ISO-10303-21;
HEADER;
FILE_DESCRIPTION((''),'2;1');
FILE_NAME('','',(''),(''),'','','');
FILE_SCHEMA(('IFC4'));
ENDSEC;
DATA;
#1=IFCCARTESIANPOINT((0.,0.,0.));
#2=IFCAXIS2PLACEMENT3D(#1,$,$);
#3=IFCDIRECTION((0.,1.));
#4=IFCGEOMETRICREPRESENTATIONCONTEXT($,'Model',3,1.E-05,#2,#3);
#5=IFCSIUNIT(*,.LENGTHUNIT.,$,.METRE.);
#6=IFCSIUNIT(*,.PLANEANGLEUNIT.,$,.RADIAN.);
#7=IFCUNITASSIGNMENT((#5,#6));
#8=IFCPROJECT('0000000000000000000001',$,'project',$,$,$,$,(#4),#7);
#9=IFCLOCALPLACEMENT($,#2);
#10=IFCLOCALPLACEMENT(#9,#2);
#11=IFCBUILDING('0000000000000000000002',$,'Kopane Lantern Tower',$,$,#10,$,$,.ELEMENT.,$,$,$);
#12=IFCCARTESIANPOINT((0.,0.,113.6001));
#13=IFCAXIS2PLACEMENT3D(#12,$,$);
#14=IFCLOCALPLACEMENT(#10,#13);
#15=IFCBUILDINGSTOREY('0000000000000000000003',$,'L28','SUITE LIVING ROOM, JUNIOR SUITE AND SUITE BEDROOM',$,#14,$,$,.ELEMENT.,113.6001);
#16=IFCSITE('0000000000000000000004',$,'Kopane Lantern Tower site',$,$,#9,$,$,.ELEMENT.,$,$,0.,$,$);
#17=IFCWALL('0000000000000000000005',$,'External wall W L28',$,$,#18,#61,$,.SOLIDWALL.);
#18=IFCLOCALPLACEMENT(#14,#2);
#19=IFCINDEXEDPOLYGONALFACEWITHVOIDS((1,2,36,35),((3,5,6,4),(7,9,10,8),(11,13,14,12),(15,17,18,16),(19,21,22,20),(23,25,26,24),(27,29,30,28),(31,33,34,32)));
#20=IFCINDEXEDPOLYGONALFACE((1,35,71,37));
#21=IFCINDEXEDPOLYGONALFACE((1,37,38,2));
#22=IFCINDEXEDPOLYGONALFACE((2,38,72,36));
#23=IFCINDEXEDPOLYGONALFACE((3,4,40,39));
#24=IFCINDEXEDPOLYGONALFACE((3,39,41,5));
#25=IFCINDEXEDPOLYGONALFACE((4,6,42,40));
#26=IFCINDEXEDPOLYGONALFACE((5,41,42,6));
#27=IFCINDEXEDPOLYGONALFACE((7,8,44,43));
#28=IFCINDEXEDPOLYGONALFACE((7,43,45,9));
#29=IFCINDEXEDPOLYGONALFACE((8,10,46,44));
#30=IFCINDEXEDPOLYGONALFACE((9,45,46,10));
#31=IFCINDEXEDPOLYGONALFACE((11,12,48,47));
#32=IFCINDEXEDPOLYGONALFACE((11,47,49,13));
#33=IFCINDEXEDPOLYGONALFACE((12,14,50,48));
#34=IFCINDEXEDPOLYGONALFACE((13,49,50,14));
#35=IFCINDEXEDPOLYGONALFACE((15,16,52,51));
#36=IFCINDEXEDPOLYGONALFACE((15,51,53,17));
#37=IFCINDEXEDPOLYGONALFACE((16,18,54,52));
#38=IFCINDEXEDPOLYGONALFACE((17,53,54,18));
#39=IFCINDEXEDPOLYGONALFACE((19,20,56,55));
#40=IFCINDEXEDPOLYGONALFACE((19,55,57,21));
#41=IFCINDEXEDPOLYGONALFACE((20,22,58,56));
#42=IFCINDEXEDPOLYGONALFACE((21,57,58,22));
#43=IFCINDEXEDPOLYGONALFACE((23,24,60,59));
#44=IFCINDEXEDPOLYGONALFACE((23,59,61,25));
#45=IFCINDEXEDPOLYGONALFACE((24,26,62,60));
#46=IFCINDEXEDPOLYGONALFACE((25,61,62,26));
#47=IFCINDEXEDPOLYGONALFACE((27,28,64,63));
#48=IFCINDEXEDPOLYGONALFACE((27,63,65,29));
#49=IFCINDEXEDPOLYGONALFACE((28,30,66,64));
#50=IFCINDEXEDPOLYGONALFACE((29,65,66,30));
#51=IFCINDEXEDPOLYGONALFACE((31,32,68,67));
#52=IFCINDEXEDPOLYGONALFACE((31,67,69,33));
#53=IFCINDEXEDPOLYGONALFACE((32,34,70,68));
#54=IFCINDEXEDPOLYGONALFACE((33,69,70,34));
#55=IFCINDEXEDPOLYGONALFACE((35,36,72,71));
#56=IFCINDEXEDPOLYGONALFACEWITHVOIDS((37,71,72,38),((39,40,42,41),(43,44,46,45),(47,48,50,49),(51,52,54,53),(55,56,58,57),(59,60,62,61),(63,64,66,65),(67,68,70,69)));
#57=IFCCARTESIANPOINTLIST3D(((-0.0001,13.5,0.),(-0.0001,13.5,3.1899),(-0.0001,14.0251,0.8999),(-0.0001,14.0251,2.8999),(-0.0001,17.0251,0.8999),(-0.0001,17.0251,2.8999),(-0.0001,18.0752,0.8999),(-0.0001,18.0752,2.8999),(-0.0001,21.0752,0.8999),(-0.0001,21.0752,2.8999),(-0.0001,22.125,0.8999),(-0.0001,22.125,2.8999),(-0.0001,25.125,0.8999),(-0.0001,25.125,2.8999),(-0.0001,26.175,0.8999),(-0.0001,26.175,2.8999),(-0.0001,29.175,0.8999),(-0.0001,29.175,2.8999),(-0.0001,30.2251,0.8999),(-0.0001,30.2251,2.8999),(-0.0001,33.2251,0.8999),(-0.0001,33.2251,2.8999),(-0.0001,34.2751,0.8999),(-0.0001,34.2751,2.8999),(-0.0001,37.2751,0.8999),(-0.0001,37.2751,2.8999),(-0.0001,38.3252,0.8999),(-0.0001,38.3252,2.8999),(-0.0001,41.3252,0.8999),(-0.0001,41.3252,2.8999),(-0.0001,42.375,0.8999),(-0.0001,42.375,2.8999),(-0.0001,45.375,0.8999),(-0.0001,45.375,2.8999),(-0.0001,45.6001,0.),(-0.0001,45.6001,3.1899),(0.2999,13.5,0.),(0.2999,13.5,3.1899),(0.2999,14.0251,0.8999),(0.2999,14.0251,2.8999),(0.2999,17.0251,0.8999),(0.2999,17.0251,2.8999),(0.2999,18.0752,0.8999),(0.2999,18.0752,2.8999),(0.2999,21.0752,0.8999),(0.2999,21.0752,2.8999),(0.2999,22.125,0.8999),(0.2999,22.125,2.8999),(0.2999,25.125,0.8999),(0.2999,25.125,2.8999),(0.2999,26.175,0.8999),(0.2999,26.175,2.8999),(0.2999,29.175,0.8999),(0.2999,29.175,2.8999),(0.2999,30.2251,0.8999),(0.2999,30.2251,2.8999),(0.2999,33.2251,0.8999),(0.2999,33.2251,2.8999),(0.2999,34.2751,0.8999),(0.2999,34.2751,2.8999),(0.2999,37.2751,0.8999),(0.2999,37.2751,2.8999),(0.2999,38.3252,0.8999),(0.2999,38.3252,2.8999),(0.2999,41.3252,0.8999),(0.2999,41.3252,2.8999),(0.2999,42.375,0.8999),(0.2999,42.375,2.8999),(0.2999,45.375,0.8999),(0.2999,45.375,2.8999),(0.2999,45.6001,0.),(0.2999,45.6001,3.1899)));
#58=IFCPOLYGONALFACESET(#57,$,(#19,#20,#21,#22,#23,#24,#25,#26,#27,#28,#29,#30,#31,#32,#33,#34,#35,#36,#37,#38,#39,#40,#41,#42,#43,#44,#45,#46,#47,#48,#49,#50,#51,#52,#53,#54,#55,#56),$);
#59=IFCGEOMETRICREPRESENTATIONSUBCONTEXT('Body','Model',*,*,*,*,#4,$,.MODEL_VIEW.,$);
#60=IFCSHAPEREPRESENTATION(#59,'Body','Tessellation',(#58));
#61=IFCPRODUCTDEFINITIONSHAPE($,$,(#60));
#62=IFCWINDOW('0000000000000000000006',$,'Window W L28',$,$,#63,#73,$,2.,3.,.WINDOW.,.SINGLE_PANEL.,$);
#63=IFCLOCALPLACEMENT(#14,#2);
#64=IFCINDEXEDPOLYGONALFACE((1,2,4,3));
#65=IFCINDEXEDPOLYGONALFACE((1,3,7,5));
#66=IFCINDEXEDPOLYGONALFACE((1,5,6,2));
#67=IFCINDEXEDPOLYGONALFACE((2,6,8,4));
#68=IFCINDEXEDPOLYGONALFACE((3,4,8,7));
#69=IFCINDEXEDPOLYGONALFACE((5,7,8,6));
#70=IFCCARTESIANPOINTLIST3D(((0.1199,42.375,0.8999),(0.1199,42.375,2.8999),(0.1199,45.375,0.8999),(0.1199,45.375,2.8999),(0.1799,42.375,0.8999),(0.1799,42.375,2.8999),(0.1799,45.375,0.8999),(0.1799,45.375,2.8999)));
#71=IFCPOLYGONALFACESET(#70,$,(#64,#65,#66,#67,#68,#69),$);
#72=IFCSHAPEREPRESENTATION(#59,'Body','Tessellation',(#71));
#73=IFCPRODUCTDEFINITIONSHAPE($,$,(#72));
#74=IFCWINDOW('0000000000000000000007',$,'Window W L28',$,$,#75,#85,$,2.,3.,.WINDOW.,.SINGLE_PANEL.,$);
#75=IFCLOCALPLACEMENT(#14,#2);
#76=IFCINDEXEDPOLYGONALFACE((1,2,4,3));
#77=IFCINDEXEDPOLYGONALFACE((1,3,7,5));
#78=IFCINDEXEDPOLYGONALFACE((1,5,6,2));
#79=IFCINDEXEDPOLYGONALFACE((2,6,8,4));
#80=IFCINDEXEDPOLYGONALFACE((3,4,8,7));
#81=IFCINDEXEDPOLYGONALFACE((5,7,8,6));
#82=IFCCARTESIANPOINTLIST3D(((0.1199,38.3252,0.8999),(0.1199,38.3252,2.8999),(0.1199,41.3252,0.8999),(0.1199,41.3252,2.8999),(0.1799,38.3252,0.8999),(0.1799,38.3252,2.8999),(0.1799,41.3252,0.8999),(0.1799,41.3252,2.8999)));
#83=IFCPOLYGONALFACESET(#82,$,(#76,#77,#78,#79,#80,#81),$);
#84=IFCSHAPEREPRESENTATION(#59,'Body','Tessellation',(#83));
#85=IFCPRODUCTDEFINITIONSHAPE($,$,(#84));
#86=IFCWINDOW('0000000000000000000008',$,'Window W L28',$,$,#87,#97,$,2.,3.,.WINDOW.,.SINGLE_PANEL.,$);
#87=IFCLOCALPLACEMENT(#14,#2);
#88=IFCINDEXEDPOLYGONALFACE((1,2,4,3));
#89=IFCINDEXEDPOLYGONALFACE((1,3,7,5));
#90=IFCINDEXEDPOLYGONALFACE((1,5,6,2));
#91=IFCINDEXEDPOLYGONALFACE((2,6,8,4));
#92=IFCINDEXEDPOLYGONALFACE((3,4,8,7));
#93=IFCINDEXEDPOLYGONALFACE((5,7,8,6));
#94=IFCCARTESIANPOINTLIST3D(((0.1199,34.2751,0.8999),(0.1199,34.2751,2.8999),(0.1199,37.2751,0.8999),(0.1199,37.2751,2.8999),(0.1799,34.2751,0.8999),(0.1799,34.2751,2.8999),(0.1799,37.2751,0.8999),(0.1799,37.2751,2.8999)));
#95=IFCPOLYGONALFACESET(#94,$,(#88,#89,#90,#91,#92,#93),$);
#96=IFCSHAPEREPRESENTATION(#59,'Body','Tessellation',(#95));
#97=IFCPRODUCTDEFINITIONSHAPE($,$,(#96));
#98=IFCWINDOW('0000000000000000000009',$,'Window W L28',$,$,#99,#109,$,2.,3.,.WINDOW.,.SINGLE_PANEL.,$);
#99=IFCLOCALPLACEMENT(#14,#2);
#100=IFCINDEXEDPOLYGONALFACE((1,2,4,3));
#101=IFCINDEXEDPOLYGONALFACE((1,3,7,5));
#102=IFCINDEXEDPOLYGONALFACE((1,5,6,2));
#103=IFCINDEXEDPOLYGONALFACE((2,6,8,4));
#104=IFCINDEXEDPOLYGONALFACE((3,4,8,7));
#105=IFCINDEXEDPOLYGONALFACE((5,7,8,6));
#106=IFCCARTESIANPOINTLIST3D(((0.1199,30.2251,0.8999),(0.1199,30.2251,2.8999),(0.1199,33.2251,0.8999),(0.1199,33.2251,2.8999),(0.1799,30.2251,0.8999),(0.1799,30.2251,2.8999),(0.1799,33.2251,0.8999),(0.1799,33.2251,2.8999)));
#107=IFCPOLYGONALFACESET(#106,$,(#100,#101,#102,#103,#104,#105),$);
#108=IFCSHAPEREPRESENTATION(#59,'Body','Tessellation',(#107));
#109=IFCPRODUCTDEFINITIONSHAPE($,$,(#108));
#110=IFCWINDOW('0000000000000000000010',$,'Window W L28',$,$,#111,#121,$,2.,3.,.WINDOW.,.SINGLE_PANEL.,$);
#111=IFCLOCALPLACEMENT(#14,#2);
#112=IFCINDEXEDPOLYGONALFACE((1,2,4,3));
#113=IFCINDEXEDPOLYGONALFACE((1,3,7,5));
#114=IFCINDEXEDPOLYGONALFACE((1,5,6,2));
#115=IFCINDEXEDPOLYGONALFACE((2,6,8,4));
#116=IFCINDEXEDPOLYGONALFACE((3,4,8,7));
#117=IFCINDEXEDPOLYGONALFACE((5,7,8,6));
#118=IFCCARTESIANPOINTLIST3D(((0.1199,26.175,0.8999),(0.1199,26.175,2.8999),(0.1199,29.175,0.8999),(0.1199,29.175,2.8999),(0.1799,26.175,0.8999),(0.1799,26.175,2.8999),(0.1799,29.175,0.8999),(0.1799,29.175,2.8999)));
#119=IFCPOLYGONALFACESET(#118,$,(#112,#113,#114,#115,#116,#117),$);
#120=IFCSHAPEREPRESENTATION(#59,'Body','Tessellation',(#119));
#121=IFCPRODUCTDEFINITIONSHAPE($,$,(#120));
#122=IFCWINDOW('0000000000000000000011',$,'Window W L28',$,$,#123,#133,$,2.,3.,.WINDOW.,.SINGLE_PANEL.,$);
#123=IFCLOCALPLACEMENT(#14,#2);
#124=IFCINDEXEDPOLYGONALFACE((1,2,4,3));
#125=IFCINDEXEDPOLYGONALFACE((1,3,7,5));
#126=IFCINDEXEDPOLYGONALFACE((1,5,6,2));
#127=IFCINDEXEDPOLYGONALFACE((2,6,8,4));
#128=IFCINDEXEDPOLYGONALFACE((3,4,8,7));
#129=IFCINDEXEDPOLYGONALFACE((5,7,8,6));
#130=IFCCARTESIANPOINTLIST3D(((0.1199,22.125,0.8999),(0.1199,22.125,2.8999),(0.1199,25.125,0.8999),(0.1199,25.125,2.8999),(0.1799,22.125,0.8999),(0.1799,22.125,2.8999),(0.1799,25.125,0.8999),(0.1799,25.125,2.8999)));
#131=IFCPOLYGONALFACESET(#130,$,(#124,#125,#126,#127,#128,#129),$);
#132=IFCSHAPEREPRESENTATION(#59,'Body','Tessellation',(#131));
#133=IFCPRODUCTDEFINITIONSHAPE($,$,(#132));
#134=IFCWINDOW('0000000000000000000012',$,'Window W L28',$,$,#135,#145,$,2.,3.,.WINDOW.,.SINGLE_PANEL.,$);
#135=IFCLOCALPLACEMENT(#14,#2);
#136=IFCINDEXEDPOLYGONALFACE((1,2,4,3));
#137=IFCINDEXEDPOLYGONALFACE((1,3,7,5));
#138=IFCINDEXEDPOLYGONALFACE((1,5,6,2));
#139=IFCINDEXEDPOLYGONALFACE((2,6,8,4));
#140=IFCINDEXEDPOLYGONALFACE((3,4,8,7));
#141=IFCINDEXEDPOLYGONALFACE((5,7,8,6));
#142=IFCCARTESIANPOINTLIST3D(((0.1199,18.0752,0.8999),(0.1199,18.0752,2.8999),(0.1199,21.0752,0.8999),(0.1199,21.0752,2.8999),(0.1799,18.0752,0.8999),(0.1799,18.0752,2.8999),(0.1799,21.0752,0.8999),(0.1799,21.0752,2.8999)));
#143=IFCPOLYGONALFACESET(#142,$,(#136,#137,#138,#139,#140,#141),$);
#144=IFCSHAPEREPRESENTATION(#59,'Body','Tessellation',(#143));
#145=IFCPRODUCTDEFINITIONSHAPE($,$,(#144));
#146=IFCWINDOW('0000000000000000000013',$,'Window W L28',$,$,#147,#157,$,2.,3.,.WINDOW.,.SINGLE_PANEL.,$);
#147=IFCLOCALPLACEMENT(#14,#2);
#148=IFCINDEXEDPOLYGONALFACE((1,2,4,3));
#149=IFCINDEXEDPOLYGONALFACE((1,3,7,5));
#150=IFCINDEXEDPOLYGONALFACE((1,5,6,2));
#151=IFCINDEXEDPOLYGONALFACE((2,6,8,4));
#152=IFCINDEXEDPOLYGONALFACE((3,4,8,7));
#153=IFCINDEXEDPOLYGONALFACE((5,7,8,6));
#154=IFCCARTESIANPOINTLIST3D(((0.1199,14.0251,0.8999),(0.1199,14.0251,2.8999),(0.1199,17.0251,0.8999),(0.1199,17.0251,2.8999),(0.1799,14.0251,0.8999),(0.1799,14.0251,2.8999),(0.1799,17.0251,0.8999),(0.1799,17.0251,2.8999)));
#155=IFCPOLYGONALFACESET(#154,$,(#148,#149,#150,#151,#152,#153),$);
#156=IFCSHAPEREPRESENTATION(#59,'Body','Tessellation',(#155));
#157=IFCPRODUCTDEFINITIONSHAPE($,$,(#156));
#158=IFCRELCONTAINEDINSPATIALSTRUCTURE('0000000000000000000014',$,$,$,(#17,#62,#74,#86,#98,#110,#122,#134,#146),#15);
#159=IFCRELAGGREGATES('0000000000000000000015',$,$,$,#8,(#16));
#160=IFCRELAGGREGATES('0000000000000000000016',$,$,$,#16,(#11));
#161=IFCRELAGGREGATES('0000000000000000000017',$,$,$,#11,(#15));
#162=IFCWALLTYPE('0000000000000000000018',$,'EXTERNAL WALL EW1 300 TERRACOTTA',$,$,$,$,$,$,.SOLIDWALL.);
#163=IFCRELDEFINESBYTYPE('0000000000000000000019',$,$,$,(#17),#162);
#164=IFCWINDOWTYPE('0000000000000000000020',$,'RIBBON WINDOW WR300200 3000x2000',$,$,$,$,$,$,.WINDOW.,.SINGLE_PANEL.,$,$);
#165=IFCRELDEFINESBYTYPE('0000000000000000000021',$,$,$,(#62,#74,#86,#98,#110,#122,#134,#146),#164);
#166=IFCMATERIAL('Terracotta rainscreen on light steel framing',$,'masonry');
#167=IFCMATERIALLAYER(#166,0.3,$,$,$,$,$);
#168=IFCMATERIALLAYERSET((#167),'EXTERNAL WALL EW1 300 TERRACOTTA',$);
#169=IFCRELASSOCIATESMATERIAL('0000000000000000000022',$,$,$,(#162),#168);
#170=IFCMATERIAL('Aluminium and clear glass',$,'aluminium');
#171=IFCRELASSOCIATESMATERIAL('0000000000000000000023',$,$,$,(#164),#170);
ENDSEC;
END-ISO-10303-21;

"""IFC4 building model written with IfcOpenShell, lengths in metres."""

from ifc_helpers import new_model, si_unit, direction, frame, frame_2d, origin, place, context, subcontext, project, spatial, rectangle, extrude, material, layer, layer_set, type_object, element, fill, save


model = new_model("IFC4")

# Units and contexts
model_context = context("Model", 3, precision=1e-05, world=origin(), true_north=direction((0.0, 1.0)))
body_context = subcontext(model_context, "Body", "Model", "MODEL_VIEW")
ifc_project = project(units=[si_unit("LENGTHUNIT", "METRE"), si_unit("PLANEANGLEUNIT", "RADIAN")], contexts=[model_context])

# Site, building, storey
site_placement = place(None, origin())
site = spatial("IfcSite", under=ifc_project, at=site_placement, Name="Kopane Lantern Tower site", CompositionType="ELEMENT", RefElevation=0.0)
building_placement = place(site_placement, origin())
building = spatial("IfcBuilding", under=site, at=building_placement, Name="Kopane Lantern Tower", CompositionType="ELEMENT")
storey_placement = place(building_placement, frame((0.0, 0.0, 113.6001)))
storey = spatial("IfcBuildingStorey", under=building, at=storey_placement, Name="L28", Description="SUITE LIVING ROOM, JUNIOR SUITE AND SUITE BEDROOM", CompositionType="ELEMENT", Elevation=113.6001)

# Shared definitions
ifc_material_1 = material(Name="Terracotta rainscreen on light steel framing", Category="masonry")
ifc_layer_1 = layer(ifc_material_1, 0.3)
ifc_layer_set_1 = layer_set([ifc_layer_1], Name="EXTERNAL WALL EW1 300 TERRACOTTA")
wall_type_1 = type_object("IfcWallType", Name="EXTERNAL WALL EW1 300 TERRACOTTA", PredefinedType="SOLIDWALL", material=ifc_layer_set_1)

# Wall, openings, windows
wall_1_placement = place(storey_placement, frame((0.1499, 45.6001, 0.0), z_axis=(0.0, 0.0, 1.0), x_axis=(0.0, -1.0, 0.0)))
wall_1 = element("IfcWall", 1, at=wall_1_placement, inside=storey, type_object=wall_type_1, Name="External wall W L28", PredefinedType="SOLIDWALL", context=body_context, shape_type="SweptSolid", body=[
    extrude(rectangle(XDim=32.1001, YDim=0.3, at=frame_2d((16.05, 0.0))), origin(), (0.0, 0.0, 1.0), 3.1899),
])
opening_1_placement = place(wall_1_placement, frame((0.2251, 0.0, 0.8999)))
opening_1 = element("IfcOpeningElement", 2, at=opening_1_placement, cuts=wall_1, PredefinedType="OPENING", context=body_context, shape_type="SweptSolid", body=[
    extrude(rectangle(XDim=3.0, YDim=2.0, at=frame_2d((1.5, 1.0))), frame((0.0, 0.1599, 0.0), z_axis=(0.0, -1.0, 0.0), x_axis=(1.0, 0.0, 0.0)), (0.0, 0.0, 1.0), 0.3201),
])
opening_2_placement = place(wall_1_placement, frame((4.2749, 0.0, 0.8999)))
opening_2 = element("IfcOpeningElement", 3, at=opening_2_placement, cuts=wall_1, PredefinedType="OPENING", context=body_context, shape_type="SweptSolid", body=[
    extrude(rectangle(XDim=3.0, YDim=2.0, at=frame_2d((1.5, 1.0))), frame((0.0, 0.1599, 0.0), z_axis=(0.0, -1.0, 0.0), x_axis=(1.0, 0.0, 0.0)), (0.0, 0.0, 1.0), 0.3201),
])
opening_3_placement = place(wall_1_placement, frame((8.325, 0.0, 0.8999)))
opening_3 = element("IfcOpeningElement", 4, at=opening_3_placement, cuts=wall_1, PredefinedType="OPENING", context=body_context, shape_type="SweptSolid", body=[
    extrude(rectangle(XDim=3.0, YDim=2.0, at=frame_2d((1.5, 1.0))), frame((0.0, 0.1599, 0.0), z_axis=(0.0, -1.0, 0.0), x_axis=(1.0, 0.0, 0.0)), (0.0, 0.0, 1.0), 0.3201),
])
opening_4_placement = place(wall_1_placement, frame((12.375, 0.0, 0.8999)))
opening_4 = element("IfcOpeningElement", 5, at=opening_4_placement, cuts=wall_1, PredefinedType="OPENING", context=body_context, shape_type="SweptSolid", body=[
    extrude(rectangle(XDim=3.0, YDim=2.0, at=frame_2d((1.5, 1.0))), frame((0.0, 0.1599, 0.0), z_axis=(0.0, -1.0, 0.0), x_axis=(1.0, 0.0, 0.0)), (0.0, 0.0, 1.0), 0.3201),
])
opening_5_placement = place(wall_1_placement, frame((16.425, 0.0, 0.8999)))
opening_5 = element("IfcOpeningElement", 6, at=opening_5_placement, cuts=wall_1, PredefinedType="OPENING", context=body_context, shape_type="SweptSolid", body=[
    extrude(rectangle(XDim=3.0, YDim=2.0, at=frame_2d((1.5, 1.0))), frame((0.0, 0.1599, 0.0), z_axis=(0.0, -1.0, 0.0), x_axis=(1.0, 0.0, 0.0)), (0.0, 0.0, 1.0), 0.3201),
])
opening_6_placement = place(wall_1_placement, frame((20.4751, 0.0, 0.8999)))
opening_6 = element("IfcOpeningElement", 7, at=opening_6_placement, cuts=wall_1, PredefinedType="OPENING", context=body_context, shape_type="SweptSolid", body=[
    extrude(rectangle(XDim=3.0, YDim=2.0, at=frame_2d((1.5, 1.0))), frame((0.0, 0.1599, 0.0), z_axis=(0.0, -1.0, 0.0), x_axis=(1.0, 0.0, 0.0)), (0.0, 0.0, 1.0), 0.3201),
])
opening_7_placement = place(wall_1_placement, frame((24.5249, 0.0, 0.8999)))
opening_7 = element("IfcOpeningElement", 8, at=opening_7_placement, cuts=wall_1, PredefinedType="OPENING", context=body_context, shape_type="SweptSolid", body=[
    extrude(rectangle(XDim=3.0, YDim=2.0, at=frame_2d((1.5, 1.0))), frame((0.0, 0.1599, 0.0), z_axis=(0.0, -1.0, 0.0), x_axis=(1.0, 0.0, 0.0)), (0.0, 0.0, 1.0), 0.3201),
])
opening_8_placement = place(wall_1_placement, frame((28.575, 0.0, 0.8999)))
opening_8 = element("IfcOpeningElement", 9, at=opening_8_placement, cuts=wall_1, PredefinedType="OPENING", context=body_context, shape_type="SweptSolid", body=[
    extrude(rectangle(XDim=3.0, YDim=2.0, at=frame_2d((1.5, 1.0))), frame((0.0, 0.1599, 0.0), z_axis=(0.0, -1.0, 0.0), x_axis=(1.0, 0.0, 0.0)), (0.0, 0.0, 1.0), 0.3201),
])
ifc_material_2 = material(Name="Aluminium and clear glass", Category="aluminium")
window_type_1 = type_object("IfcWindowType", Name="RIBBON WINDOW WR300200 3000x2000", PartitioningType="SINGLE_PANEL", PredefinedType="WINDOW", material=ifc_material_2)
window_1_placement = place(opening_1_placement, origin())
window_1 = element("IfcWindow", 10, at=window_1_placement, inside=storey, type_object=window_type_1, Name="Window W L28", OverallHeight=2.0, OverallWidth=3.0, PartitioningType="SINGLE_PANEL", PredefinedType="WINDOW", context=body_context, shape_type="SweptSolid", body=[
    extrude(rectangle(XDim=3.0, YDim=2.0, at=frame_2d((1.5, 1.0))), frame((0.0, 0.03, 0.0), z_axis=(0.0, -1.0, 0.0), x_axis=(1.0, 0.0, 0.0)), (0.0, 0.0, 1.0), 0.0601),
])
fill(opening_1, window_1)
window_2_placement = place(opening_2_placement, origin())
window_2 = element("IfcWindow", 11, at=window_2_placement, inside=storey, type_object=window_type_1, Name="Window W L28", OverallHeight=2.0, OverallWidth=3.0, PartitioningType="SINGLE_PANEL", PredefinedType="WINDOW", context=body_context, shape_type="SweptSolid", body=[
    extrude(rectangle(XDim=3.0, YDim=2.0, at=frame_2d((1.5, 1.0))), frame((0.0, 0.03, 0.0), z_axis=(0.0, -1.0, 0.0), x_axis=(1.0, 0.0, 0.0)), (0.0, 0.0, 1.0), 0.0601),
])
fill(opening_2, window_2)
window_3_placement = place(opening_3_placement, origin())
window_3 = element("IfcWindow", 12, at=window_3_placement, inside=storey, type_object=window_type_1, Name="Window W L28", OverallHeight=2.0, OverallWidth=3.0, PartitioningType="SINGLE_PANEL", PredefinedType="WINDOW", context=body_context, shape_type="SweptSolid", body=[
    extrude(rectangle(XDim=3.0, YDim=2.0, at=frame_2d((1.5, 1.0))), frame((0.0, 0.03, 0.0), z_axis=(0.0, -1.0, 0.0), x_axis=(1.0, 0.0, 0.0)), (0.0, 0.0, 1.0), 0.0601),
])
fill(opening_3, window_3)
window_4_placement = place(opening_4_placement, origin())
window_4 = element("IfcWindow", 13, at=window_4_placement, inside=storey, type_object=window_type_1, Name="Window W L28", OverallHeight=2.0, OverallWidth=3.0, PartitioningType="SINGLE_PANEL", PredefinedType="WINDOW", context=body_context, shape_type="SweptSolid", body=[
    extrude(rectangle(XDim=3.0, YDim=2.0, at=frame_2d((1.5, 1.0))), frame((0.0, 0.03, 0.0), z_axis=(0.0, -1.0, 0.0), x_axis=(1.0, 0.0, 0.0)), (0.0, 0.0, 1.0), 0.0601),
])
fill(opening_4, window_4)
window_5_placement = place(opening_5_placement, origin())
window_5 = element("IfcWindow", 14, at=window_5_placement, inside=storey, type_object=window_type_1, Name="Window W L28", OverallHeight=2.0, OverallWidth=3.0, PartitioningType="SINGLE_PANEL", PredefinedType="WINDOW", context=body_context, shape_type="SweptSolid", body=[
    extrude(rectangle(XDim=3.0, YDim=2.0, at=frame_2d((1.5, 1.0))), frame((0.0, 0.03, 0.0), z_axis=(0.0, -1.0, 0.0), x_axis=(1.0, 0.0, 0.0)), (0.0, 0.0, 1.0), 0.0601),
])
fill(opening_5, window_5)
window_6_placement = place(opening_6_placement, origin())
window_6 = element("IfcWindow", 15, at=window_6_placement, inside=storey, type_object=window_type_1, Name="Window W L28", OverallHeight=2.0, OverallWidth=3.0, PartitioningType="SINGLE_PANEL", PredefinedType="WINDOW", context=body_context, shape_type="SweptSolid", body=[
    extrude(rectangle(XDim=3.0, YDim=2.0, at=frame_2d((1.5, 1.0))), frame((0.0, 0.03, 0.0), z_axis=(0.0, -1.0, 0.0), x_axis=(1.0, 0.0, 0.0)), (0.0, 0.0, 1.0), 0.0601),
])
fill(opening_6, window_6)
window_7_placement = place(opening_7_placement, origin())
window_7 = element("IfcWindow", 16, at=window_7_placement, inside=storey, type_object=window_type_1, Name="Window W L28", OverallHeight=2.0, OverallWidth=3.0, PartitioningType="SINGLE_PANEL", PredefinedType="WINDOW", context=body_context, shape_type="SweptSolid", body=[
    extrude(rectangle(XDim=3.0, YDim=2.0, at=frame_2d((1.5, 1.0))), frame((0.0, 0.03, 0.0), z_axis=(0.0, -1.0, 0.0), x_axis=(1.0, 0.0, 0.0)), (0.0, 0.0, 1.0), 0.0601),
])
fill(opening_7, window_7)
window_8_placement = place(opening_8_placement, origin())
window_8 = element("IfcWindow", 17, at=window_8_placement, inside=storey, type_object=window_type_1, Name="Window W L28", OverallHeight=2.0, OverallWidth=3.0, PartitioningType="SINGLE_PANEL", PredefinedType="WINDOW", context=body_context, shape_type="SweptSolid", body=[
    extrude(rectangle(XDim=3.0, YDim=2.0, at=frame_2d((1.5, 1.0))), frame((0.0, 0.03, 0.0), z_axis=(0.0, -1.0, 0.0), x_axis=(1.0, 0.0, 0.0)), (0.0, 0.0, 1.0), 0.0601),
])
fill(opening_8, window_8)

save(model, "model.ifc")
